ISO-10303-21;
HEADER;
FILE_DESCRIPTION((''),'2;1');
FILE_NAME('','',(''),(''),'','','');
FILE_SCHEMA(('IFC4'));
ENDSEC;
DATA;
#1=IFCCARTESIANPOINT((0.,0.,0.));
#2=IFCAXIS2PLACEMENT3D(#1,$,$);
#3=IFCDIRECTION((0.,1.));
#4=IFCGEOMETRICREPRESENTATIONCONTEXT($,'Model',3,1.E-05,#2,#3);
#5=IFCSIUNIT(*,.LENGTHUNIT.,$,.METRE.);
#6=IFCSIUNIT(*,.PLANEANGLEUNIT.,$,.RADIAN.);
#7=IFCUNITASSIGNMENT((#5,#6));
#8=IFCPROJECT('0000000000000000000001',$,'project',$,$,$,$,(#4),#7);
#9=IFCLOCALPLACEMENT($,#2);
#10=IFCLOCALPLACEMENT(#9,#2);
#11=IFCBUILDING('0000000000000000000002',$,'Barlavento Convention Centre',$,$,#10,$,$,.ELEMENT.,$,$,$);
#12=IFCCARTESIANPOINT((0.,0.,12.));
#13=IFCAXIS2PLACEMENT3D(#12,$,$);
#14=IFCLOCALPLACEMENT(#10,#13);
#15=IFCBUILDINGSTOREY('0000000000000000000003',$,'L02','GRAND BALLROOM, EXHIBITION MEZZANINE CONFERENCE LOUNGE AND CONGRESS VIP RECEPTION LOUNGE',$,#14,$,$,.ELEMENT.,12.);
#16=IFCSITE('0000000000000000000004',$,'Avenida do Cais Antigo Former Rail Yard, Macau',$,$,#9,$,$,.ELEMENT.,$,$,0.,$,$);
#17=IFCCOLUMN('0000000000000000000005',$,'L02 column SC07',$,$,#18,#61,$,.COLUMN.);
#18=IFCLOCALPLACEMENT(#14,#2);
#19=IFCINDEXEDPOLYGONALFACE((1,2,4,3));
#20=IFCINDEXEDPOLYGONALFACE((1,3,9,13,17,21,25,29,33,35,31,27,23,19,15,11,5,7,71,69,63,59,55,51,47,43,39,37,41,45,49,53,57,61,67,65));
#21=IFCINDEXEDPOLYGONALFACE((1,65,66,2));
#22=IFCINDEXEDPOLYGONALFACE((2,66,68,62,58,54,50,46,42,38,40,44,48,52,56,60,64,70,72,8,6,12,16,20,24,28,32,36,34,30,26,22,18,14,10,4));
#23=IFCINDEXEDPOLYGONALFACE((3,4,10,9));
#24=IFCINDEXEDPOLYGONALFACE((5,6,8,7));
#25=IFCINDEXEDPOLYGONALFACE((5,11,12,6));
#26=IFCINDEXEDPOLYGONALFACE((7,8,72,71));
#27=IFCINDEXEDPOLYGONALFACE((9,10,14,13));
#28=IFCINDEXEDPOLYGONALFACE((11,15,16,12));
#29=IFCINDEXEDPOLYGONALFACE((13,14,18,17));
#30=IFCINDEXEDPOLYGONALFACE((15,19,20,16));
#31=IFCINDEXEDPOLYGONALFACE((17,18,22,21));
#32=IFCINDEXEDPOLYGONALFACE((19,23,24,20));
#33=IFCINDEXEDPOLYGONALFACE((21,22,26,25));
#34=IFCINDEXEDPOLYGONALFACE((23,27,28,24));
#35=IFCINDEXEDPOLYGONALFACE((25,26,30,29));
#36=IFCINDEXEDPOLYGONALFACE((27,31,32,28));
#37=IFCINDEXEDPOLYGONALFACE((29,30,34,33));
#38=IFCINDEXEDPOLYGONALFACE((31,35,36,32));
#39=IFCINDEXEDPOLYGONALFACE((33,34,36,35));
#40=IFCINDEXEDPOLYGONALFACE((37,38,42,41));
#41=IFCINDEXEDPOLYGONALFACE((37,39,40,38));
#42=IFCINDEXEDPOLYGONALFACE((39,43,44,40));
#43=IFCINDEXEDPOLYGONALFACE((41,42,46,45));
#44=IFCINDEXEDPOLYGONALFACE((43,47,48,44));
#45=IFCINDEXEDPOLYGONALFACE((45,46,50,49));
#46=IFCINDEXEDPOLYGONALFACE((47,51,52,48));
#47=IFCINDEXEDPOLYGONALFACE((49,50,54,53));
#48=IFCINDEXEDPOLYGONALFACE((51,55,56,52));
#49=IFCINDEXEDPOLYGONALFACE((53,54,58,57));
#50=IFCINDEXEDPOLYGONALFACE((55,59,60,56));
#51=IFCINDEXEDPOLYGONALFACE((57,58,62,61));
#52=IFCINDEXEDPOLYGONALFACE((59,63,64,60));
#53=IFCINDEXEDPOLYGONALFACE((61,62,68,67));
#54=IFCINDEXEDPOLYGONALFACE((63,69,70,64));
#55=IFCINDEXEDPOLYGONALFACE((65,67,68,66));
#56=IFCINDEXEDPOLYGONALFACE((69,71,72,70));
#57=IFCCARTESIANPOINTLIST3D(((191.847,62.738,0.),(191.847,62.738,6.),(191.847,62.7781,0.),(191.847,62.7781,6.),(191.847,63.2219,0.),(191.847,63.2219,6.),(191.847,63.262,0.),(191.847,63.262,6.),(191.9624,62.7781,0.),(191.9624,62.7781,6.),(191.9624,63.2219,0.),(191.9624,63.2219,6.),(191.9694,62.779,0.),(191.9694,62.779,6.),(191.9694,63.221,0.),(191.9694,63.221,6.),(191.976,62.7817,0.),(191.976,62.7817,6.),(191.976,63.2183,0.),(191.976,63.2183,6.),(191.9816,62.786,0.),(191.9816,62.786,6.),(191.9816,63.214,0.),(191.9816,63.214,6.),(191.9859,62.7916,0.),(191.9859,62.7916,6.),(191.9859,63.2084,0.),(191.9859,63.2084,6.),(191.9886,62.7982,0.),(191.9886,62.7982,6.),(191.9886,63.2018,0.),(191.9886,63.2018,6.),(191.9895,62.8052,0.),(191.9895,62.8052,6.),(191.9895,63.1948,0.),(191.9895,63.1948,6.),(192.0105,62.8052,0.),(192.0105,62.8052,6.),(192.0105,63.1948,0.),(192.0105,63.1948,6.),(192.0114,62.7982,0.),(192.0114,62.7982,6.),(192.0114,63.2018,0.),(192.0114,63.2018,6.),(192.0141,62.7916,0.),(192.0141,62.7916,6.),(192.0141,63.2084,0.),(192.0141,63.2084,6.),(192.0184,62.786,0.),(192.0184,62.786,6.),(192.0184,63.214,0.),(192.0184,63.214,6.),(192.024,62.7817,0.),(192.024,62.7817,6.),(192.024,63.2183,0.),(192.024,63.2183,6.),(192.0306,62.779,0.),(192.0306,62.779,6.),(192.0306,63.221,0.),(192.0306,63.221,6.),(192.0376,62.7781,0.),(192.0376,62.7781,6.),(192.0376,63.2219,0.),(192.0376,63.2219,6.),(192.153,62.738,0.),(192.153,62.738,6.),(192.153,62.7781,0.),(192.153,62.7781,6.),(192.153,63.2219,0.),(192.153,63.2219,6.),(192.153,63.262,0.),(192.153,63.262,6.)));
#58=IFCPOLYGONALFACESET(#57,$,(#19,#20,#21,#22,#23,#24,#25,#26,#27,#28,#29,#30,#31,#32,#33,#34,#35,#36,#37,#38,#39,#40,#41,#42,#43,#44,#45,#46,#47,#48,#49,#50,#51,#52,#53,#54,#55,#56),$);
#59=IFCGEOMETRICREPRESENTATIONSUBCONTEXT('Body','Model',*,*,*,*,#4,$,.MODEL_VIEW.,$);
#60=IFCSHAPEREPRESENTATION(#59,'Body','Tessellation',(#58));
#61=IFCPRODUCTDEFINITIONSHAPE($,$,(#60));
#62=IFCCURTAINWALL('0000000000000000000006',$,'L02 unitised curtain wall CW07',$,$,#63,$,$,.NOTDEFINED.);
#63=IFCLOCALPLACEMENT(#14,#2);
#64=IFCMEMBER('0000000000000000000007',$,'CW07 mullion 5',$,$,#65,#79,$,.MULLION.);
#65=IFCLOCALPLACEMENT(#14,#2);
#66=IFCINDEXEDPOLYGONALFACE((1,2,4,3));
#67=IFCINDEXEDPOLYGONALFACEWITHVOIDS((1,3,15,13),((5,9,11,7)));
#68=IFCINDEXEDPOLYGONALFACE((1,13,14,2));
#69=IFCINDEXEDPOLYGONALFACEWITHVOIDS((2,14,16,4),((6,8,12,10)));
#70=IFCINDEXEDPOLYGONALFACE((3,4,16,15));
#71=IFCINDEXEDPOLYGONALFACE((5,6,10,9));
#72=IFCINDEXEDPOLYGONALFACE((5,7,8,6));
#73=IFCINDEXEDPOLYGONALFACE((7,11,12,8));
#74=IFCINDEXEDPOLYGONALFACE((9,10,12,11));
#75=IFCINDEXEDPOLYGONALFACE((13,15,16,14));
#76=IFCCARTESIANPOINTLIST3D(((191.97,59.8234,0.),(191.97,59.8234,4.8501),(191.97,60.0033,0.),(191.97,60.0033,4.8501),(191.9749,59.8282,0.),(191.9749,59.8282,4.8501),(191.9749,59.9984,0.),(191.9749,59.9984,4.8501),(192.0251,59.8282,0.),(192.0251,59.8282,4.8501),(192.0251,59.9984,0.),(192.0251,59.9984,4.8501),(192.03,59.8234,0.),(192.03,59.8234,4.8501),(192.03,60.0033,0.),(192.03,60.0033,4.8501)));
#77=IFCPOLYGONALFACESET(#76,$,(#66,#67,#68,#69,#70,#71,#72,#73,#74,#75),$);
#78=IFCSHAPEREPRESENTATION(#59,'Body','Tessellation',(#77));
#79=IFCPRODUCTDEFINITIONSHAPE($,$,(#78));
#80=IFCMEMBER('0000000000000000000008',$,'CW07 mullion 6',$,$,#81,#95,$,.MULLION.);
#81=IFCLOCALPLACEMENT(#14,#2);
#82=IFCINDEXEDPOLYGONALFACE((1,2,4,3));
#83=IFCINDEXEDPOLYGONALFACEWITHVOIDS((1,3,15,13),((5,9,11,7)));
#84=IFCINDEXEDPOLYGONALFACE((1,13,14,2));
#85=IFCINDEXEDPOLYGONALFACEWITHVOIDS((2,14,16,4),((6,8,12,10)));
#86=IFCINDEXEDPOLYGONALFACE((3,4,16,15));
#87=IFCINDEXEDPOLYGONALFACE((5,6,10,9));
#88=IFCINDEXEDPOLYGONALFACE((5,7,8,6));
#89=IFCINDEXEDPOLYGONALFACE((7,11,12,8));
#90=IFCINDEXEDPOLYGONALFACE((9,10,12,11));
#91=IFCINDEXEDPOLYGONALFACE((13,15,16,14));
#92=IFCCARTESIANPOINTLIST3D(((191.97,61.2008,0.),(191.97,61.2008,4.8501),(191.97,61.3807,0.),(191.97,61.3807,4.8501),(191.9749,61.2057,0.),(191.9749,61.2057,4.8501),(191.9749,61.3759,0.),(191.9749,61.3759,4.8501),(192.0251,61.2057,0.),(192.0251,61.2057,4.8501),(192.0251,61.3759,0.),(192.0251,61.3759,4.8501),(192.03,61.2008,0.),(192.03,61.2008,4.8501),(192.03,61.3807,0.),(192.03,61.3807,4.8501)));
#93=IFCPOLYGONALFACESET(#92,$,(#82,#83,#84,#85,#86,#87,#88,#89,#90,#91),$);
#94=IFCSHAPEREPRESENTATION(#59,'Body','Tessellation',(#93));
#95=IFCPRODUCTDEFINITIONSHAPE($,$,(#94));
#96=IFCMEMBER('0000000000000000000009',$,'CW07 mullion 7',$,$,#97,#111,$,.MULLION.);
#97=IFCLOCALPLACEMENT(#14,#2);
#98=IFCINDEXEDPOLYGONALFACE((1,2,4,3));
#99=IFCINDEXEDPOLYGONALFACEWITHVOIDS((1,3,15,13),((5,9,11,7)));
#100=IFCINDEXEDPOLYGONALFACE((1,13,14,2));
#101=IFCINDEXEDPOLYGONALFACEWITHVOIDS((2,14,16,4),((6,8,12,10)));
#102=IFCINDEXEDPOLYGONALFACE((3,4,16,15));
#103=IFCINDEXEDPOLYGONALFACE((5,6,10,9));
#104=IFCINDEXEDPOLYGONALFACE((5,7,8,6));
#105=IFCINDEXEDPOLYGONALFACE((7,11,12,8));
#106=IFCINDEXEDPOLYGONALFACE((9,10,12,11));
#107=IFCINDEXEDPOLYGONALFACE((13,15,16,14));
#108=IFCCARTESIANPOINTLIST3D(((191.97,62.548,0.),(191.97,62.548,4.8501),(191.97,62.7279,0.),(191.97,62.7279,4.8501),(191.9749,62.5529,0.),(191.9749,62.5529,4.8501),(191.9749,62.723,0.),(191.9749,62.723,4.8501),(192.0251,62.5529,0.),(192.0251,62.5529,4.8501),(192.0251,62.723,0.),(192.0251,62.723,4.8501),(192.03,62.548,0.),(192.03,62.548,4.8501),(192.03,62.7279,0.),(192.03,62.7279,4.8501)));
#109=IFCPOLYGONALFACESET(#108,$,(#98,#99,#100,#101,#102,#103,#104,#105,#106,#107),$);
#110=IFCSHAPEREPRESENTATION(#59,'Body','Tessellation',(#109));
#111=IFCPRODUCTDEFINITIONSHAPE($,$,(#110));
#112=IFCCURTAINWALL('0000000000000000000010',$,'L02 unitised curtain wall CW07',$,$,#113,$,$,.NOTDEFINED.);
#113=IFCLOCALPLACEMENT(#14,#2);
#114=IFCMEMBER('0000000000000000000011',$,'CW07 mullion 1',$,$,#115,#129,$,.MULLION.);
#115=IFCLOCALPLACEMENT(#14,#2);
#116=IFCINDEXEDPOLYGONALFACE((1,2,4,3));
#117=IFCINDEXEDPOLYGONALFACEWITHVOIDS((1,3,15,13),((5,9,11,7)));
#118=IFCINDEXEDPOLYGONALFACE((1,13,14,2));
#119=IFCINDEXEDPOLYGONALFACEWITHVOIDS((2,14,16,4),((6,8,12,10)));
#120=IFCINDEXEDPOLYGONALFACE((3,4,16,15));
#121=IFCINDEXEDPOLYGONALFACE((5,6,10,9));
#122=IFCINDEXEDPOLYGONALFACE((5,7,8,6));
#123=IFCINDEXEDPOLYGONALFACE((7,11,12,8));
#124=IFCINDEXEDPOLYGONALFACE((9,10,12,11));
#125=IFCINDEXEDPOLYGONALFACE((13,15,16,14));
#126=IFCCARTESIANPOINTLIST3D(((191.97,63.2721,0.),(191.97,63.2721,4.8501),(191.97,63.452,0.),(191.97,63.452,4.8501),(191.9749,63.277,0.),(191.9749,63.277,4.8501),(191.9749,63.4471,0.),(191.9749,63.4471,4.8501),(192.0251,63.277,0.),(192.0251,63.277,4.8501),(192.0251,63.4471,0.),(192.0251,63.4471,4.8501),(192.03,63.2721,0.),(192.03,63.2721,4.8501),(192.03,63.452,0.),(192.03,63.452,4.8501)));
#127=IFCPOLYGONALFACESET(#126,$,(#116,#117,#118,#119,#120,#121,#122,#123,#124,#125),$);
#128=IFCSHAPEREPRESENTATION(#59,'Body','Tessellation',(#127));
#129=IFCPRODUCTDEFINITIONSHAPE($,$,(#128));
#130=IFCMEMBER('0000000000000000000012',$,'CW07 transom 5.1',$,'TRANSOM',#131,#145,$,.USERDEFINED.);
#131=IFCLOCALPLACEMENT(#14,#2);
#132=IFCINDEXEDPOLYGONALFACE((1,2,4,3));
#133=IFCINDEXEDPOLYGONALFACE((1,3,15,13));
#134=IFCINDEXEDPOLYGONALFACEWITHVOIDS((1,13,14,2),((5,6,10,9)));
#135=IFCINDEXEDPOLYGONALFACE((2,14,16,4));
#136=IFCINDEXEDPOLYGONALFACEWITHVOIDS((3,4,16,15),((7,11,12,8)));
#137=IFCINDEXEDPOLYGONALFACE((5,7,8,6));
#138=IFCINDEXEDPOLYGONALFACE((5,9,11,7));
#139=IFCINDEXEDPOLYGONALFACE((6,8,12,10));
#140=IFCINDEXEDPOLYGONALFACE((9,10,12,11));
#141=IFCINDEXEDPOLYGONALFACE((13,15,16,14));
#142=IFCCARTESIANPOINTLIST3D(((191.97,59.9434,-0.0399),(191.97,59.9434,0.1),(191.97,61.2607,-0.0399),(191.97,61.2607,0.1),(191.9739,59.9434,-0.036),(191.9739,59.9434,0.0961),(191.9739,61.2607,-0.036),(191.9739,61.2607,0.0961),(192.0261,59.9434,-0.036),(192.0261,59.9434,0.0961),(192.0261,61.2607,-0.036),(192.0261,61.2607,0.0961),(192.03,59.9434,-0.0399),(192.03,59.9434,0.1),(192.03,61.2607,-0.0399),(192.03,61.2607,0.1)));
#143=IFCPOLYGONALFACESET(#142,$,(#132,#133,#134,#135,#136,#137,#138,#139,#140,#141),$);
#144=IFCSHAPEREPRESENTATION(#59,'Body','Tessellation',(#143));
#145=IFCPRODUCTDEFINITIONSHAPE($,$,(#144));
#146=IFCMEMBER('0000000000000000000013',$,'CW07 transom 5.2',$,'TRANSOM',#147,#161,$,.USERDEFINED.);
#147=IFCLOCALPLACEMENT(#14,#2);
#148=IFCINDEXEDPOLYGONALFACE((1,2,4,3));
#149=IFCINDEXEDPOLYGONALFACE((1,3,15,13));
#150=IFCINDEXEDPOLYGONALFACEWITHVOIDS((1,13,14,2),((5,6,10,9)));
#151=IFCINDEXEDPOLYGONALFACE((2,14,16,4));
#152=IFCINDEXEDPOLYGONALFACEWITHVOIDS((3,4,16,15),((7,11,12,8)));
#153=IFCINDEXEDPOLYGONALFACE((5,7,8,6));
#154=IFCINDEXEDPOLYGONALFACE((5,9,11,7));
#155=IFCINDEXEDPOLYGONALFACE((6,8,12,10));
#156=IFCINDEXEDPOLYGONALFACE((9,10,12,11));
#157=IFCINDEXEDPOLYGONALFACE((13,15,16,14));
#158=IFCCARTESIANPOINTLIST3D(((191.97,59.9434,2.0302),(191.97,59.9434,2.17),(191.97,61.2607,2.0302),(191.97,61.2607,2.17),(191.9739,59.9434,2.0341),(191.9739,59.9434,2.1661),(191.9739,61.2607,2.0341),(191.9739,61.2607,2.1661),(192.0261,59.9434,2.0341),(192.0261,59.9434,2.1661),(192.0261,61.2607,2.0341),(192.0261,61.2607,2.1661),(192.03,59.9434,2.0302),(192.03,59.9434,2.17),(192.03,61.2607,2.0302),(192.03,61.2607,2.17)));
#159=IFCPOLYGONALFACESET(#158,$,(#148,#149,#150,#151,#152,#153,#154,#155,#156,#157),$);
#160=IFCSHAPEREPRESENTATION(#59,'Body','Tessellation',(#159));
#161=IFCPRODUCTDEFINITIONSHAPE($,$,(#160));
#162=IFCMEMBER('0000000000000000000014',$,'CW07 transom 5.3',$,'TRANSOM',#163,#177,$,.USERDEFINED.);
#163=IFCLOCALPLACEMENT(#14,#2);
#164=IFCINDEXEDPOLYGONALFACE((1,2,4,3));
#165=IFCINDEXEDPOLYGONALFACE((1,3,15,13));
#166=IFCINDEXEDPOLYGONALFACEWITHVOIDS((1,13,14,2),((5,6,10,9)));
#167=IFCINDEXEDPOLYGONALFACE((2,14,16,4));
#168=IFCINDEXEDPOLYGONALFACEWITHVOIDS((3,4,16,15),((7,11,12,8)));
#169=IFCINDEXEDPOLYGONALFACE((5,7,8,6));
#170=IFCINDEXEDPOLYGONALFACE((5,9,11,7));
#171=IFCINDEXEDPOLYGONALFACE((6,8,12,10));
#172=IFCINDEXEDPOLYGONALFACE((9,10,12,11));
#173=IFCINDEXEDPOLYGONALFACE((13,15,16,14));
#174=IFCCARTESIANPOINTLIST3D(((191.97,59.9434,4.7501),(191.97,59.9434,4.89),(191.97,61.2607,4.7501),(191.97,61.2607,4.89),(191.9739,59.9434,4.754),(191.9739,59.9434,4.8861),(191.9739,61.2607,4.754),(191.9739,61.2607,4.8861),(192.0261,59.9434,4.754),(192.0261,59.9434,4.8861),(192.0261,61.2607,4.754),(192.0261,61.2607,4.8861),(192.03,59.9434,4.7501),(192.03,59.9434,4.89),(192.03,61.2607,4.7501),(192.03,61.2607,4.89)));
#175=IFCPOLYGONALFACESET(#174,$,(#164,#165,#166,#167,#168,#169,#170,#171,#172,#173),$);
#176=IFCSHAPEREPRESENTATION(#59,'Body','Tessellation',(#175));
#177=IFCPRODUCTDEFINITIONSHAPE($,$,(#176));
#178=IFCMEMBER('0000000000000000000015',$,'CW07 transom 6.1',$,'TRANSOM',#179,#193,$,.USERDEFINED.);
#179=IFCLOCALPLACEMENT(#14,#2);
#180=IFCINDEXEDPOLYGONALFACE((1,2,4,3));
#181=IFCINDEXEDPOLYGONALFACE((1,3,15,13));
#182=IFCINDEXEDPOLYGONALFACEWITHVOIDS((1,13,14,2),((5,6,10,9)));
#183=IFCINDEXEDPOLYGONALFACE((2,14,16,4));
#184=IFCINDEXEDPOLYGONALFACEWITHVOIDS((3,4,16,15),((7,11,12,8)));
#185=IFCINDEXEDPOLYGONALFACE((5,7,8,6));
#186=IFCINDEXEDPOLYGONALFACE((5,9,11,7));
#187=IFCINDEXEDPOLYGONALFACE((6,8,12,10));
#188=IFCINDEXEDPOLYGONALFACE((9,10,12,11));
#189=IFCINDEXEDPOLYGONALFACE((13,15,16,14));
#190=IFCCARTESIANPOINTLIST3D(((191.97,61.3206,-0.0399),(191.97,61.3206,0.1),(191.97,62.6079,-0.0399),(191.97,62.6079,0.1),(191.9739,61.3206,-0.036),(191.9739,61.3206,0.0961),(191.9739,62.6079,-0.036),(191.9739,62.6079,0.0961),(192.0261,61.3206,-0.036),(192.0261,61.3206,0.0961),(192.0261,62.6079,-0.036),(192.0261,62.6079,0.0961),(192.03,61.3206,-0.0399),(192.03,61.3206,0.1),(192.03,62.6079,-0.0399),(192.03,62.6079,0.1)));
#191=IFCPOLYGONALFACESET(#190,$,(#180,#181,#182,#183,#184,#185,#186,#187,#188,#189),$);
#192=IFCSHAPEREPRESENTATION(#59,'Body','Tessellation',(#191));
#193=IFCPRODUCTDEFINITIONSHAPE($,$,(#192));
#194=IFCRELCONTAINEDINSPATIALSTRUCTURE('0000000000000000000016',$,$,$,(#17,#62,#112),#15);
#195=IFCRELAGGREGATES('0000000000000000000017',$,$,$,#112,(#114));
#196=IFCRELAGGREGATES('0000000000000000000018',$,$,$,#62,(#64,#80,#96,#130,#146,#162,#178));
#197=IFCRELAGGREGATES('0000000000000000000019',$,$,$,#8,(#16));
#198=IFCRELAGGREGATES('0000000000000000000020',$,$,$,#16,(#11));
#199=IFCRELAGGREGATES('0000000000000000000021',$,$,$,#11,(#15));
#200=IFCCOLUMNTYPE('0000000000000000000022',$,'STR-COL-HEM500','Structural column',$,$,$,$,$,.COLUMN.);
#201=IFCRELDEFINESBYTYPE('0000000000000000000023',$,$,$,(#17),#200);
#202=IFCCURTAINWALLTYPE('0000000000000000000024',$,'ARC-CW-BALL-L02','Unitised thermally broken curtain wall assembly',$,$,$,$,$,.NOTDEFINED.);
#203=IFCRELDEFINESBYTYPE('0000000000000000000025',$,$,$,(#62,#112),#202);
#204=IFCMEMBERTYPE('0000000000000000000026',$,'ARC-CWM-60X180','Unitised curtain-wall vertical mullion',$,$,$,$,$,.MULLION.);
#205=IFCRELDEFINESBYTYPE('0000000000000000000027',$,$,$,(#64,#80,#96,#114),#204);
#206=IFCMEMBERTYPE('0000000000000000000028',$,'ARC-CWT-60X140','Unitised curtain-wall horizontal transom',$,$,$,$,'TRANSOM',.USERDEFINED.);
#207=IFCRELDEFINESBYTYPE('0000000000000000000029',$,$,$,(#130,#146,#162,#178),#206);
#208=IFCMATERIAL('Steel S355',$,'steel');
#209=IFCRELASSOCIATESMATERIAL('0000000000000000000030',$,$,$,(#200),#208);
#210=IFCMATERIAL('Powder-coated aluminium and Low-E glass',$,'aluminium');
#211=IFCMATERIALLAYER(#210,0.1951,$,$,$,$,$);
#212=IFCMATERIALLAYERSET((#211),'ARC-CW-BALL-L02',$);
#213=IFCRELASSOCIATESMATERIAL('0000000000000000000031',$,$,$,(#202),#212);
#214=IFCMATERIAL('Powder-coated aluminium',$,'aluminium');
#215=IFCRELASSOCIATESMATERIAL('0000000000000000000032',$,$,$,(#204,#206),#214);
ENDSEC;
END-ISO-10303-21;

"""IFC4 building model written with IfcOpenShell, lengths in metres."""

from ifc_helpers import new_model, si_unit, direction, frame, origin, origin_2d, place, context, subcontext, project, spatial, hollow_rectangle, i_section, extrude, material, layer, layer_set, material_profile, profile_set, type_object, element, aggregate, save


model = new_model("IFC4")

# Units and contexts
model_context = context("Model", 3, precision=1e-05, world=origin(), true_north=direction((0.0, 1.0)))
body_context = subcontext(model_context, "Body", "Model", "MODEL_VIEW")
ifc_project = project(units=[si_unit("LENGTHUNIT", "METRE"), si_unit("PLANEANGLEUNIT", "RADIAN")], contexts=[model_context])

# Site, building, storey
site_placement = place(None, origin())
site = spatial("IfcSite", under=ifc_project, at=site_placement, Name="Avenida do Cais Antigo Former Rail Yard, Macau", CompositionType="ELEMENT", RefElevation=0.0)
building_placement = place(site_placement, origin())
building = spatial("IfcBuilding", under=site, at=building_placement, Name="Barlavento Convention Centre", CompositionType="ELEMENT")
storey_placement = place(building_placement, frame((0.0, 0.0, 12.0)))
storey = spatial("IfcBuildingStorey", under=building, at=storey_placement, Name="L02", Description="GRAND BALLROOM, EXHIBITION MEZZANINE CONFERENCE LOUNGE AND CONGRESS VIP RECEPTION LOUNGE", CompositionType="ELEMENT", Elevation=12.0)

# Column
ifc_material_1 = material(Name="Steel S355", Category="steel")
ifc_material_profile_1 = material_profile(ifc_material_1, i_section(OverallWidth=0.3059, OverallDepth=0.5239, WebThickness=0.021, FlangeThickness=0.04, FilletRadius=0.0271, at=origin_2d()), Name="HEM 500")
ifc_profile_set_1 = profile_set([ifc_material_profile_1], Name="Steel S355")
column_type = type_object("IfcColumnType", Name="STR-COL-HEM500", Description="Structural column", PredefinedType="COLUMN", material=ifc_profile_set_1)
column_placement = place(storey_placement, frame((192.0, 63.0, 0.0), z_axis=(0.0, 0.0, 1.0), x_axis=(1.0, 0.0, 0.0)))
element("IfcColumn", 1, at=column_placement, inside=storey, type_object=column_type, Name="L02 column SC07", PredefinedType="COLUMN", context=body_context, shape_type="SweptSolid", body=[
    extrude(i_section(OverallWidth=0.3059, OverallDepth=0.5239, WebThickness=0.021, FlangeThickness=0.04, FilletRadius=0.0271, at=origin_2d()), origin(), (0.0, 0.0, 1.0), 6.0),
])

# Curtain wall, members
ifc_material_2 = material(Name="Powder-coated aluminium and Low-E glass", Category="aluminium")
ifc_layer_1 = layer(ifc_material_2, 0.1951)
ifc_layer_set_1 = layer_set([ifc_layer_1], Name="ARC-CW-BALL-L02")
curtain_wall_type = type_object("IfcCurtainWallType", Name="ARC-CW-BALL-L02", Description="Unitised thermally broken curtain wall assembly", PredefinedType="NOTDEFINED", material=ifc_layer_set_1)
curtain_wall_1_placement = place(storey_placement, origin())
curtain_wall_1 = element("IfcCurtainWall", 2, at=curtain_wall_1_placement, inside=storey, type_object=curtain_wall_type, Name="L02 unitised curtain wall CW07", PredefinedType="NOTDEFINED")
ifc_material_3 = material(Name="Powder-coated aluminium", Category="aluminium")
ifc_material_profile_2 = material_profile(ifc_material_3, hollow_rectangle(XDim=0.0601, YDim=0.1799, WallThickness=0.0049, at=origin_2d()), Name="AL-MULL 60x180x5")
ifc_profile_set_2 = profile_set([ifc_material_profile_2], Name="Powder-coated aluminium")
member_type_1 = type_object("IfcMemberType", Name="ARC-CWM-60X180", Description="Unitised curtain-wall vertical mullion", PredefinedType="MULLION", material=ifc_profile_set_2)
member_1_placement = place(storey_placement, frame((192.0, 59.9133, 0.0), z_axis=(0.0, 0.0, 1.0), x_axis=(-1.0, 0.0, 0.0)))
member_1 = element("IfcMember", 3, at=member_1_placement, type_object=member_type_1, Name="CW07 mullion 5", PredefinedType="MULLION", context=body_context, shape_type="SweptSolid", body=[
    extrude(hollow_rectangle(XDim=0.0601, YDim=0.1799, WallThickness=0.0049, at=origin_2d()), origin(), (0.0, 0.0, 1.0), 4.8501),
])
member_2_placement = place(storey_placement, frame((192.0, 61.2908, 0.0), z_axis=(0.0, 0.0, 1.0), x_axis=(-1.0, 0.0, 0.0)))
member_2 = element("IfcMember", 4, at=member_2_placement, type_object=member_type_1, Name="CW07 mullion 6", PredefinedType="MULLION", context=body_context, shape_type="SweptSolid", body=[
    extrude(hollow_rectangle(XDim=0.0601, YDim=0.1799, WallThickness=0.0049, at=origin_2d()), origin(), (0.0, 0.0, 1.0), 4.8501),
])
member_3_placement = place(storey_placement, frame((192.0, 62.6379, 0.0), z_axis=(0.0, 0.0, 1.0), x_axis=(-1.0, 0.0, 0.0)))
member_3 = element("IfcMember", 5, at=member_3_placement, type_object=member_type_1, Name="CW07 mullion 7", PredefinedType="MULLION", context=body_context, shape_type="SweptSolid", body=[
    extrude(hollow_rectangle(XDim=0.0601, YDim=0.1799, WallThickness=0.0049, at=origin_2d()), origin(), (0.0, 0.0, 1.0), 4.8501),
])

# Curtain wall, member
curtain_wall_2_placement = place(storey_placement, origin())
curtain_wall_2 = element("IfcCurtainWall", 6, at=curtain_wall_2_placement, inside=storey, type_object=curtain_wall_type, Name="L02 unitised curtain wall CW07", PredefinedType="NOTDEFINED")
member_4_placement = place(storey_placement, frame((192.0, 63.3621, 0.0), z_axis=(0.0, 0.0, 1.0), x_axis=(-1.0, 0.0, 0.0)))
member_4 = element("IfcMember", 7, at=member_4_placement, type_object=member_type_1, Name="CW07 mullion 1", PredefinedType="MULLION", context=body_context, shape_type="SweptSolid", body=[
    extrude(hollow_rectangle(XDim=0.0601, YDim=0.1799, WallThickness=0.0049, at=origin_2d()), origin(), (0.0, 0.0, 1.0), 4.8501),
])

# Members
ifc_material_profile_3 = material_profile(ifc_material_3, hollow_rectangle(XDim=0.0601, YDim=0.1399, WallThickness=0.0039, at=origin_2d()), Name="AL-TRAN 60x140x4")
ifc_profile_set_3 = profile_set([ifc_material_profile_3], Name="Powder-coated aluminium")
member_type_2 = type_object("IfcMemberType", Name="ARC-CWT-60X140", Description="Unitised curtain-wall horizontal transom", ElementType="TRANSOM", PredefinedType="USERDEFINED", material=ifc_profile_set_3)
member_5_placement = place(storey_placement, frame((192.0, 59.9434, 0.03), z_axis=(0.0, 1.0, 0.0), x_axis=(-1.0, 0.0, 0.0)))
member_5 = element("IfcMember", 8, at=member_5_placement, type_object=member_type_2, Name="CW07 transom 5.1", ObjectType="TRANSOM", PredefinedType="USERDEFINED", context=body_context, shape_type="SweptSolid", body=[
    extrude(hollow_rectangle(XDim=0.0601, YDim=0.1399, WallThickness=0.0039, at=origin_2d()), origin(), (0.0, 0.0, 1.0), 1.3174),
])
member_6_placement = place(storey_placement, frame((192.0, 59.9434, 2.1001), z_axis=(0.0, 1.0, 0.0), x_axis=(-1.0, 0.0, 0.0)))
member_6 = element("IfcMember", 9, at=member_6_placement, type_object=member_type_2, Name="CW07 transom 5.2", ObjectType="TRANSOM", PredefinedType="USERDEFINED", context=body_context, shape_type="SweptSolid", body=[
    extrude(hollow_rectangle(XDim=0.0601, YDim=0.1399, WallThickness=0.0039, at=origin_2d()), origin(), (0.0, 0.0, 1.0), 1.3174),
])
member_7_placement = place(storey_placement, frame((192.0, 59.9434, 4.8201), z_axis=(0.0, 1.0, 0.0), x_axis=(-1.0, 0.0, 0.0)))
member_7 = element("IfcMember", 10, at=member_7_placement, type_object=member_type_2, Name="CW07 transom 5.3", ObjectType="TRANSOM", PredefinedType="USERDEFINED", context=body_context, shape_type="SweptSolid", body=[
    extrude(hollow_rectangle(XDim=0.0601, YDim=0.1399, WallThickness=0.0039, at=origin_2d()), origin(), (0.0, 0.0, 1.0), 1.3174),
])
member_8_placement = place(storey_placement, frame((192.0, 61.3206, 0.03), z_axis=(0.0, 1.0, 0.0), x_axis=(-1.0, 0.0, 0.0)))
member_8 = element("IfcMember", 11, at=member_8_placement, type_object=member_type_2, Name="CW07 transom 6.1", ObjectType="TRANSOM", PredefinedType="USERDEFINED", context=body_context, shape_type="SweptSolid", body=[
    extrude(hollow_rectangle(XDim=0.0601, YDim=0.1399, WallThickness=0.0039, at=origin_2d()), origin(), (0.0, 0.0, 1.0), 1.2874),
])
aggregate(curtain_wall_2, [member_4])

aggregate(curtain_wall_1, [member_1, member_2, member_3, member_5, member_6, member_7, member_8])

save(model, "model.ifc")
